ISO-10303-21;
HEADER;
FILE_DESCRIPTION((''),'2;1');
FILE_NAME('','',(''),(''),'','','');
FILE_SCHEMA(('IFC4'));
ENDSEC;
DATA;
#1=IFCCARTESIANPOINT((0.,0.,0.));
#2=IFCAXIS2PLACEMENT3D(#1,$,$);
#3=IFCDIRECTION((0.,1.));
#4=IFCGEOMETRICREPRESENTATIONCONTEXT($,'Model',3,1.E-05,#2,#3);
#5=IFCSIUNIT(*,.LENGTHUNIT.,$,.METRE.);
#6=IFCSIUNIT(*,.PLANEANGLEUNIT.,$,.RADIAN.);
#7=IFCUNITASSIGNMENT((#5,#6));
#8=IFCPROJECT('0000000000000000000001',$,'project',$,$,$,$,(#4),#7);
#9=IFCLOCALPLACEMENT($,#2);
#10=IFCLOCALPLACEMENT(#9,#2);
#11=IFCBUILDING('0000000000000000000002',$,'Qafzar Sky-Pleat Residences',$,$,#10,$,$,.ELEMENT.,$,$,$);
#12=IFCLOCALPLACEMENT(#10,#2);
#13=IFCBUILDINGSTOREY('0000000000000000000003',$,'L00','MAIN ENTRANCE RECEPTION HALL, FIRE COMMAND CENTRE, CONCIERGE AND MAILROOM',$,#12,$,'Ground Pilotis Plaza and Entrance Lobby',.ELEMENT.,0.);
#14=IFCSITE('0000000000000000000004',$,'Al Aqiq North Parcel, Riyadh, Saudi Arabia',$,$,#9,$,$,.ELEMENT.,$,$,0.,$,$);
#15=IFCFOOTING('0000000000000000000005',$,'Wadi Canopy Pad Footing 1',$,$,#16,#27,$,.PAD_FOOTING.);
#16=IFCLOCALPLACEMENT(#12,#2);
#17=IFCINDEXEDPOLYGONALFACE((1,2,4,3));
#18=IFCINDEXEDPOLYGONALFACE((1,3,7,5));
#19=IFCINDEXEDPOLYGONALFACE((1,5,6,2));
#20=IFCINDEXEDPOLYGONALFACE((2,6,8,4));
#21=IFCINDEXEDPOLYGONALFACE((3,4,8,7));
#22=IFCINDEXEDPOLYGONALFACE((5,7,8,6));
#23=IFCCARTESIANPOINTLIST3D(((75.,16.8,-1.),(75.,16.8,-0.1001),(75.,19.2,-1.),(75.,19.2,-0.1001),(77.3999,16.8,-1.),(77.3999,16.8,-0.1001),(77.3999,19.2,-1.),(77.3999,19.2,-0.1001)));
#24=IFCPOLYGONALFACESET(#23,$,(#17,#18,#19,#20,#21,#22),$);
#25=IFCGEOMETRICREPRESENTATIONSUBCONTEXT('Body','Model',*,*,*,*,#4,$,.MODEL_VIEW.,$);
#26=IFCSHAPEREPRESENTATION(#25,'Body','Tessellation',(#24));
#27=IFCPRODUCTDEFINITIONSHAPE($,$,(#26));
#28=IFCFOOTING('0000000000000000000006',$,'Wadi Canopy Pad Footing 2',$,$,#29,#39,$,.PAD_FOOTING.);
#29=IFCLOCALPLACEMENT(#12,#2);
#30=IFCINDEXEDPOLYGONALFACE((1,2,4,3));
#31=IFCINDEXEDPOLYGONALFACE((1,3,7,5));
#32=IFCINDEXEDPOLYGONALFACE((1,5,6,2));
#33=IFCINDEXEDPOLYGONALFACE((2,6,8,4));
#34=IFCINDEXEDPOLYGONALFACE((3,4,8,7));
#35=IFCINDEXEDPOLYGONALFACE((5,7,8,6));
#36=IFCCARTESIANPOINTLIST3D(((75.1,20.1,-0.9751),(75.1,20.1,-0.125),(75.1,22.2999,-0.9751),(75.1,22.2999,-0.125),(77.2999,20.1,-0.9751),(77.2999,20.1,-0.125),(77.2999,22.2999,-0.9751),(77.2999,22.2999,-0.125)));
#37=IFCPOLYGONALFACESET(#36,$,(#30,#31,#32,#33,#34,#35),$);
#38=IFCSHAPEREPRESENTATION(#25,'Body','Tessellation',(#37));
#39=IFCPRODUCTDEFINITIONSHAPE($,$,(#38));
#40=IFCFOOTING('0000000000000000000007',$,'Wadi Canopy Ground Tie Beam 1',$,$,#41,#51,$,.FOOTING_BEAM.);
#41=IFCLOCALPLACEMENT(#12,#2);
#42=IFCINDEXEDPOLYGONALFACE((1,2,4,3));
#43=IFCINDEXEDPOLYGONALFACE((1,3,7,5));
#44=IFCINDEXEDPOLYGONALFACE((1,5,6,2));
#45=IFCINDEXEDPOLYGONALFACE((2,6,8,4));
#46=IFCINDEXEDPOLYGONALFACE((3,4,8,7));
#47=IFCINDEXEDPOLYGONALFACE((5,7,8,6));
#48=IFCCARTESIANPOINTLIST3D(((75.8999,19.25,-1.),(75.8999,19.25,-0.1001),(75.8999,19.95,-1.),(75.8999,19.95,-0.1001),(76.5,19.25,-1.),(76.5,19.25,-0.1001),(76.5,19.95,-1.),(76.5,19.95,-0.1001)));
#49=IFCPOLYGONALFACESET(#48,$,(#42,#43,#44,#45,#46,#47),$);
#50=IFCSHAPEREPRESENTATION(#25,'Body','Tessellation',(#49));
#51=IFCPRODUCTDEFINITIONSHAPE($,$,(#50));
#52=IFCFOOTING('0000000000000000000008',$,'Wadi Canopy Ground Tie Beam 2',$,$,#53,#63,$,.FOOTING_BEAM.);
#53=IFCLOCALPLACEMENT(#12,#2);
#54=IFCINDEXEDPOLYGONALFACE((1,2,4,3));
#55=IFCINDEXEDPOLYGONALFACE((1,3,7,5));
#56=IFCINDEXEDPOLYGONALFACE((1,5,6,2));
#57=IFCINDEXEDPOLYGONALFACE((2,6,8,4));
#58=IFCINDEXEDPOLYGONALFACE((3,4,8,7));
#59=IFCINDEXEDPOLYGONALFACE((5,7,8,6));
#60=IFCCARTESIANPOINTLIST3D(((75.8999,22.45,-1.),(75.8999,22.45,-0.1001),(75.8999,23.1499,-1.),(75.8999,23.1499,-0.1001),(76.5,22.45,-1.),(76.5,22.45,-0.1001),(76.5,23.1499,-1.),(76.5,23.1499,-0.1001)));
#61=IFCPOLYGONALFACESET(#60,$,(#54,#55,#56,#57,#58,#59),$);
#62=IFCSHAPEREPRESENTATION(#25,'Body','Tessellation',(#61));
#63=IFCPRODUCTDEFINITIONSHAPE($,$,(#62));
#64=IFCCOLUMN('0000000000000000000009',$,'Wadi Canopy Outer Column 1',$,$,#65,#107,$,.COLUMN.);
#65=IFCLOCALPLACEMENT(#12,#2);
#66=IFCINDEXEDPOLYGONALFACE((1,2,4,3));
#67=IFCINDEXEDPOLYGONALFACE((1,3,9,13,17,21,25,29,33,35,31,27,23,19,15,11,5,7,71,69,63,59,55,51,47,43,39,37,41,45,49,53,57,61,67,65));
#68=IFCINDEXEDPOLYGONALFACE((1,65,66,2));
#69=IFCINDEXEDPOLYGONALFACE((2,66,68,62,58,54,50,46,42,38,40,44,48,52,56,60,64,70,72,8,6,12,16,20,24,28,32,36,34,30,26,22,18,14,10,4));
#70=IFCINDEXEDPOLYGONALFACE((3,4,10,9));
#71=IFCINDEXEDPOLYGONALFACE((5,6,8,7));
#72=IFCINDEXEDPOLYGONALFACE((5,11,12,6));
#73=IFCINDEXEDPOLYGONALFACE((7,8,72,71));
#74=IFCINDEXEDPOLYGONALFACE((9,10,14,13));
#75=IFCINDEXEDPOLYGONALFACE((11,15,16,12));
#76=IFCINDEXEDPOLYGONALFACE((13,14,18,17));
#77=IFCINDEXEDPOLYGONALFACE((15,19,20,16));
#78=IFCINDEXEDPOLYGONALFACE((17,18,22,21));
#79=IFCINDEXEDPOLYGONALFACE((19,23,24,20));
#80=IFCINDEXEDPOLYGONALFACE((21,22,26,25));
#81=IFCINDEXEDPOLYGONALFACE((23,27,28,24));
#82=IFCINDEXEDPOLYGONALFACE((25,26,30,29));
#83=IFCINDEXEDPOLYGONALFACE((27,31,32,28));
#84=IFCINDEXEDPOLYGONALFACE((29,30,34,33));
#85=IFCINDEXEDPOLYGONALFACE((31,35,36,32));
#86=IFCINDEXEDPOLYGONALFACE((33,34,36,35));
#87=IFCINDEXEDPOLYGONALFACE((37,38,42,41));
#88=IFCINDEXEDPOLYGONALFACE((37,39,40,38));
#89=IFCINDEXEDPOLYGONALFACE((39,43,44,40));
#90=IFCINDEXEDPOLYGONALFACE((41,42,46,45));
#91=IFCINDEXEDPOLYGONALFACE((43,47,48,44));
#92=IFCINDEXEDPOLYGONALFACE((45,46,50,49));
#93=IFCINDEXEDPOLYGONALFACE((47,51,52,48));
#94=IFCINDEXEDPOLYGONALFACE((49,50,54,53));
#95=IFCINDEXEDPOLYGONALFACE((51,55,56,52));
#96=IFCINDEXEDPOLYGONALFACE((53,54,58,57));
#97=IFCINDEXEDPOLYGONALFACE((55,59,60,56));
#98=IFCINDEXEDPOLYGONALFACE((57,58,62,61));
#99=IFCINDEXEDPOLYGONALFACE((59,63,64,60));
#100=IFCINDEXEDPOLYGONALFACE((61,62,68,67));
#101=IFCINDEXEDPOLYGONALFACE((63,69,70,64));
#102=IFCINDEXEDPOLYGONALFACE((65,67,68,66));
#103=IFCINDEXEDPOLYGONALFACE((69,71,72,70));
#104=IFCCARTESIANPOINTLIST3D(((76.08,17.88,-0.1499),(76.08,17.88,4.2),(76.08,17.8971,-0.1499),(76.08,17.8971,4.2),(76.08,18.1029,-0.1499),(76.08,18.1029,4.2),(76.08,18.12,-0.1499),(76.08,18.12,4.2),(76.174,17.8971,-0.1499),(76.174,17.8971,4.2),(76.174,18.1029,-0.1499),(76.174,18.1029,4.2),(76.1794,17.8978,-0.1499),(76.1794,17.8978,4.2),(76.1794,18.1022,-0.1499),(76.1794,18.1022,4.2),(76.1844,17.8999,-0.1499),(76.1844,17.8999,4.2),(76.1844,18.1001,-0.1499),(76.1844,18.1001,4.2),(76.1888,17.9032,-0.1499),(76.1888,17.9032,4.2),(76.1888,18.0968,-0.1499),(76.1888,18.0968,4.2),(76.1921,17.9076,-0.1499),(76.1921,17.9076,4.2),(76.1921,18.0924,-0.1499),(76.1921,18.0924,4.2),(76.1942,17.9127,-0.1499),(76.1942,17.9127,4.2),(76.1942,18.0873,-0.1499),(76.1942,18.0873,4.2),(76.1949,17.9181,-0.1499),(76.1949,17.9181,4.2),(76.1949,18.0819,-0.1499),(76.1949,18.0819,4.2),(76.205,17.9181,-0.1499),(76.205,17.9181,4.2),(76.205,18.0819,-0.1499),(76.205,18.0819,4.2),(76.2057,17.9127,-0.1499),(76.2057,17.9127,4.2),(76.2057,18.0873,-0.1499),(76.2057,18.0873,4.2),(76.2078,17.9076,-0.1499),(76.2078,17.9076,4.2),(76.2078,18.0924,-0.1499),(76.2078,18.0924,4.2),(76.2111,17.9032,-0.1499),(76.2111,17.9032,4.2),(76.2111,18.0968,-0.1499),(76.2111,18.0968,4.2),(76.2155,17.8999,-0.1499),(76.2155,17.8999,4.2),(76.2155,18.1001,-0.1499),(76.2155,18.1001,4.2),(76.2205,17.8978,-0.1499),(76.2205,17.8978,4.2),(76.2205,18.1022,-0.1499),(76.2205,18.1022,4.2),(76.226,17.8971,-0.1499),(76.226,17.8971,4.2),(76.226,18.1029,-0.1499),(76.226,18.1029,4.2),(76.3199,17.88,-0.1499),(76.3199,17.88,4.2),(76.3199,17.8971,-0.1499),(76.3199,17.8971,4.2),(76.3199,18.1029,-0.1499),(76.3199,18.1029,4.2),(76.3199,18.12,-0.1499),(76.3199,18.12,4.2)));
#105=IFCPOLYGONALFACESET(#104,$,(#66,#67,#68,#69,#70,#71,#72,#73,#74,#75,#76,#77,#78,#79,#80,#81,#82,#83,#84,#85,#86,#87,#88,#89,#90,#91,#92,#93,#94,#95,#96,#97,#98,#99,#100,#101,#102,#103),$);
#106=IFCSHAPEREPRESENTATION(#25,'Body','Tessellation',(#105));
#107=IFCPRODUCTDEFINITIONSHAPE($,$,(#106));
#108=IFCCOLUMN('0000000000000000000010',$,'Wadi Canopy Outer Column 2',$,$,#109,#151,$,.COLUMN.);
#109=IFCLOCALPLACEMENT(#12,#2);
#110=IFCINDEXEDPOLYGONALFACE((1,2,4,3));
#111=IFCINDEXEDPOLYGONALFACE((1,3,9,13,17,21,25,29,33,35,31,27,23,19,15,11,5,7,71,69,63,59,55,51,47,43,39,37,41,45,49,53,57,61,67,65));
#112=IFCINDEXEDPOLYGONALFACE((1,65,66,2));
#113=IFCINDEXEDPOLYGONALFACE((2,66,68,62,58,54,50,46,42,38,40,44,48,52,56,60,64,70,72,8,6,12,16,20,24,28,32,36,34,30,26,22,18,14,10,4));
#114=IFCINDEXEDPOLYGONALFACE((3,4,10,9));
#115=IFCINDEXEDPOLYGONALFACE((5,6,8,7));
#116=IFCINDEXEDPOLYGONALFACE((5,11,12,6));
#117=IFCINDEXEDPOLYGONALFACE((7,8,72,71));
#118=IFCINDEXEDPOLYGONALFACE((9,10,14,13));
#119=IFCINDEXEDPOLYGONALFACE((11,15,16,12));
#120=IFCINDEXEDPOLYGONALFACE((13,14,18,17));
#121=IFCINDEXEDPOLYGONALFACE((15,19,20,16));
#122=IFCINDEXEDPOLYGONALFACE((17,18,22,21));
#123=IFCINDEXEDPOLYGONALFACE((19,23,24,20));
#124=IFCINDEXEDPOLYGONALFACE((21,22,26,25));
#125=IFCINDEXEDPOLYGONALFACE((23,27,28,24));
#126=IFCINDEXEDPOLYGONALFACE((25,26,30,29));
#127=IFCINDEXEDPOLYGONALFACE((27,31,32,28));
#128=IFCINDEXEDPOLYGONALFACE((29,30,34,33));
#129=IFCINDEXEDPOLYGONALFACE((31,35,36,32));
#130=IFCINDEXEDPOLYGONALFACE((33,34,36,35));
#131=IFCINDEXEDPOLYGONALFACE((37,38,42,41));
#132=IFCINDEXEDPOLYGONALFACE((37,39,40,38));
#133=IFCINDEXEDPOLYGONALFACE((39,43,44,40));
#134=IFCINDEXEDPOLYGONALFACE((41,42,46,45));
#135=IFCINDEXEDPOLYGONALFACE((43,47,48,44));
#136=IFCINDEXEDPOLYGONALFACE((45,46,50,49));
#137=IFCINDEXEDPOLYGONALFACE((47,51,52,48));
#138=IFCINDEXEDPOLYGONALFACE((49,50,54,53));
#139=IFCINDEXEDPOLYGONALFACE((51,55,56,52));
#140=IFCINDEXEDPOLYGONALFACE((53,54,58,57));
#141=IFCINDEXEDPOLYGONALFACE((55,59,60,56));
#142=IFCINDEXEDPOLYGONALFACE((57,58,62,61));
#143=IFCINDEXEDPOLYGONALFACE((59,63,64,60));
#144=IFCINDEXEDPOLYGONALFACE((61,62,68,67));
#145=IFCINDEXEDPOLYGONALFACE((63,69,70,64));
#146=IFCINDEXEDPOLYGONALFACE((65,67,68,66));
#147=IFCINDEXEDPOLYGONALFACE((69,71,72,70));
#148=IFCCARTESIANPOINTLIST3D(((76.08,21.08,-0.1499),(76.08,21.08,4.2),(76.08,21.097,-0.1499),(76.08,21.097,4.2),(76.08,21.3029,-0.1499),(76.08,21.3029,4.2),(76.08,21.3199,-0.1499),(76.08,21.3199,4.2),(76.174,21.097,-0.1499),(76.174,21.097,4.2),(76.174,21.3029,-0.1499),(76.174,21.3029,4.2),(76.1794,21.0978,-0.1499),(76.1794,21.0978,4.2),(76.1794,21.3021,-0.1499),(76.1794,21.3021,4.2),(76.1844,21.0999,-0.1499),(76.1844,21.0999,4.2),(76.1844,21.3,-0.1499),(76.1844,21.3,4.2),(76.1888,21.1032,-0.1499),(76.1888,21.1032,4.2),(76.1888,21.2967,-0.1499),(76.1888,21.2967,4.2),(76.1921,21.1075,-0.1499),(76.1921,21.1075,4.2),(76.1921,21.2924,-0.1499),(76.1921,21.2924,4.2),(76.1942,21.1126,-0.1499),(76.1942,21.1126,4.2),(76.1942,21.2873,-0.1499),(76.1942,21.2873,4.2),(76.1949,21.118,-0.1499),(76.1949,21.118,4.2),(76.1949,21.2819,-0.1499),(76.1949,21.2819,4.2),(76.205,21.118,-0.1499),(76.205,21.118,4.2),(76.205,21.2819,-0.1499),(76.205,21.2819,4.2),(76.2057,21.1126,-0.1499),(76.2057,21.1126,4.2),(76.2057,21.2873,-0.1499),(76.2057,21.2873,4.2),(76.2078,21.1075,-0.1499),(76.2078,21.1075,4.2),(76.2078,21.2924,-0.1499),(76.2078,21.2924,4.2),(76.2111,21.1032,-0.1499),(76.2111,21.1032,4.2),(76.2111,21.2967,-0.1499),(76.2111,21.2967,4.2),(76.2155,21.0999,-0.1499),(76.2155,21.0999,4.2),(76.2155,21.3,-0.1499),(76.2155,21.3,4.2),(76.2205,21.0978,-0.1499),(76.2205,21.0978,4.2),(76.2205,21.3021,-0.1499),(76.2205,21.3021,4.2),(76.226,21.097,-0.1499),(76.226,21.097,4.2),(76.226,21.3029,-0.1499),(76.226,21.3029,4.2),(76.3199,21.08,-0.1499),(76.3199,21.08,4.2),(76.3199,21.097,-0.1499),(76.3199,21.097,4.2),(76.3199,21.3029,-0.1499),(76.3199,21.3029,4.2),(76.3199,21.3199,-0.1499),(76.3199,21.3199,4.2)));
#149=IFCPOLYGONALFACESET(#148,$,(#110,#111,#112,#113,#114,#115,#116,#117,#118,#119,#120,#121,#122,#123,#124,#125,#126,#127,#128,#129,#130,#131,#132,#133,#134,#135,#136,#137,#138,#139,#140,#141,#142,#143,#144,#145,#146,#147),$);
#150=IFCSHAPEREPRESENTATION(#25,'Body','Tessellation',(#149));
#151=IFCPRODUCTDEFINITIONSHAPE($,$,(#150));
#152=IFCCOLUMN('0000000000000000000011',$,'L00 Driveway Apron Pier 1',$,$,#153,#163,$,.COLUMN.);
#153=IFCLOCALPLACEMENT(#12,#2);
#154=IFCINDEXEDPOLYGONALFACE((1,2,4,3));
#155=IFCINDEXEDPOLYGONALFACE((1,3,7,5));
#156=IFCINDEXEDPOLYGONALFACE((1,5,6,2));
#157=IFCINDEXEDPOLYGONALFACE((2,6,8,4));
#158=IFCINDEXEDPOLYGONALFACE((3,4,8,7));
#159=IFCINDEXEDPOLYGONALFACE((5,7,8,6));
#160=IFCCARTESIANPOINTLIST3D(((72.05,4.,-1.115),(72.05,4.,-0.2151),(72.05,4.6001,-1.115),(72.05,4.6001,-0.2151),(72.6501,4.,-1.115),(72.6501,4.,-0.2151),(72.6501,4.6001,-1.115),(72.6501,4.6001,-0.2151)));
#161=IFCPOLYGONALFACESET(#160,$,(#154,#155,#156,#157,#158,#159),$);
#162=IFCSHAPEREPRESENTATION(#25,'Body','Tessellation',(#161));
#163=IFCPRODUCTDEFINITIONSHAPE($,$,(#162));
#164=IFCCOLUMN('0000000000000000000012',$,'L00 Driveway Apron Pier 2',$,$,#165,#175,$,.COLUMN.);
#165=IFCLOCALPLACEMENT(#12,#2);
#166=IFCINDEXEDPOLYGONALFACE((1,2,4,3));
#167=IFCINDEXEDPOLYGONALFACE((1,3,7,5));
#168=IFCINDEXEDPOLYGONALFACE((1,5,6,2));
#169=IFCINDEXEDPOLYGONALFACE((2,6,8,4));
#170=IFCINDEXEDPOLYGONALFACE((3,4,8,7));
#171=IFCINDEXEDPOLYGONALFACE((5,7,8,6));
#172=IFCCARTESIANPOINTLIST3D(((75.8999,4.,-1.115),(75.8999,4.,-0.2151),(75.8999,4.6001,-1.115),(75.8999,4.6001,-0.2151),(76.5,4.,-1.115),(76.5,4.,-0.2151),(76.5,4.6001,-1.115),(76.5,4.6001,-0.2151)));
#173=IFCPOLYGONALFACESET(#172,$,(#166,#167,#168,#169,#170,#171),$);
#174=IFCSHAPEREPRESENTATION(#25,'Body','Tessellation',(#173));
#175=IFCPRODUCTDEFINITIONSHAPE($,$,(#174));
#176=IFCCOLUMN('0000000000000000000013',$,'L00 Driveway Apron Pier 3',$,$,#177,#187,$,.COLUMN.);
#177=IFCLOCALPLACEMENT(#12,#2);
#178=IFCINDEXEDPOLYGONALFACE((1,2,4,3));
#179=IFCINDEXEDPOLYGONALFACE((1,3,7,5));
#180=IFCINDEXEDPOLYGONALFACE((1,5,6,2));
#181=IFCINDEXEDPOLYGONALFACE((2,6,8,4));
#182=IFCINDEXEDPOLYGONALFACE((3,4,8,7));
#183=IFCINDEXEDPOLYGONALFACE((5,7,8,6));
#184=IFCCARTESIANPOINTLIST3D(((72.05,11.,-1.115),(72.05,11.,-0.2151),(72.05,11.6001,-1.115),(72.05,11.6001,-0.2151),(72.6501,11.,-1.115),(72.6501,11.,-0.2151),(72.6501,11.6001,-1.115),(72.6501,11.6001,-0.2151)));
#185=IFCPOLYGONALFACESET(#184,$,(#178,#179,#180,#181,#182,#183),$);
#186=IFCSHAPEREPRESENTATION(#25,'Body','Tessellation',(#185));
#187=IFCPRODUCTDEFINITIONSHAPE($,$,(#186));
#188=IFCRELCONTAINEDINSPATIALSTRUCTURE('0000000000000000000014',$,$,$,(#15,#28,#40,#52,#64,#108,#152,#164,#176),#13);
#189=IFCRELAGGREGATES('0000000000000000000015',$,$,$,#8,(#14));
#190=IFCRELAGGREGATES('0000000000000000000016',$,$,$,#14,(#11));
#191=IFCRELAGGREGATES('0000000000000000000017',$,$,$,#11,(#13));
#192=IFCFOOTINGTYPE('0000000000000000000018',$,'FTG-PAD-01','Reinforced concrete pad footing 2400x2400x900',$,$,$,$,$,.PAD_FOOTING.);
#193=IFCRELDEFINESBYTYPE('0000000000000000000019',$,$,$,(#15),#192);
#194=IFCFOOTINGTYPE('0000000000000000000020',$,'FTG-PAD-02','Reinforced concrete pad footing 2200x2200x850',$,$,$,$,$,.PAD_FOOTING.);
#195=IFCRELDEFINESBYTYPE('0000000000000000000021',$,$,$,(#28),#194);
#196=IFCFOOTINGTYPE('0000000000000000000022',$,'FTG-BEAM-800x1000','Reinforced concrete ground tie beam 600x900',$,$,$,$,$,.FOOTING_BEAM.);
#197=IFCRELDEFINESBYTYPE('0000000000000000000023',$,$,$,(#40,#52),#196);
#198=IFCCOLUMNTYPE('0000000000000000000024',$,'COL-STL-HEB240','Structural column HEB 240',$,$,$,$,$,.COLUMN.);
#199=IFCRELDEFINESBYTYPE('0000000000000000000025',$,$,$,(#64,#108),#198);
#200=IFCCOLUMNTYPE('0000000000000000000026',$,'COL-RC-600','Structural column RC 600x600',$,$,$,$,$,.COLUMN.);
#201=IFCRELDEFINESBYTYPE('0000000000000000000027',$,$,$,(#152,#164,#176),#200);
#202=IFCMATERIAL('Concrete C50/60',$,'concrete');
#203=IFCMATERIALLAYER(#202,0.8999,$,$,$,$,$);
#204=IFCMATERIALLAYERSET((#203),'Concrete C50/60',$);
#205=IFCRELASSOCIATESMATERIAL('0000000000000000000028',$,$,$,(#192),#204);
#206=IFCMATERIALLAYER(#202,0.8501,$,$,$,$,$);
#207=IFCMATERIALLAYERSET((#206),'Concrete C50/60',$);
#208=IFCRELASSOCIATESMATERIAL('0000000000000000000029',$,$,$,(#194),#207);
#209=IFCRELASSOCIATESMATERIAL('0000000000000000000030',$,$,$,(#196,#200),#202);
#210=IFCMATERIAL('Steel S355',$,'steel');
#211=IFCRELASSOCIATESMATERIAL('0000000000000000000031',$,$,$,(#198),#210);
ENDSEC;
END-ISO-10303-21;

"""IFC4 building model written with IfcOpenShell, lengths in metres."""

from ifc_helpers import new_model, si_unit, direction, frame, origin, origin_2d, place, context, subcontext, project, spatial, rectangle, i_section, extrude, source, transform, mapped, material, layer, layer_set, material_profile, profile_set, type_object, element, save


model = new_model("IFC4")

# Units and contexts
model_context = context("Model", 3, precision=1e-05, world=origin(), true_north=direction((0.0, 1.0)))
body_context = subcontext(model_context, "Body", "Model", "MODEL_VIEW")
ifc_project = project(units=[si_unit("LENGTHUNIT", "METRE"), si_unit("PLANEANGLEUNIT", "RADIAN")], contexts=[model_context])

# Site, building, storey
site_placement = place(None, origin())
site = spatial("IfcSite", under=ifc_project, at=site_placement, Name="Al Aqiq North Parcel, Riyadh, Saudi Arabia", CompositionType="ELEMENT", RefElevation=0.0)
building_placement = place(site_placement, origin())
building = spatial("IfcBuilding", under=site, at=building_placement, Name="Qafzar Sky-Pleat Residences", CompositionType="ELEMENT")
storey_placement = place(building_placement, origin())
storey = spatial("IfcBuildingStorey", under=building, at=storey_placement, Name="L00", Description="MAIN ENTRANCE RECEPTION HALL, FIRE COMMAND CENTRE, CONCIERGE AND MAILROOM", LongName="Ground Pilotis Plaza and Entrance Lobby", CompositionType="ELEMENT", Elevation=0.0)

# Footings
ifc_material_1 = material(Name="Concrete C50/60", Category="concrete")
ifc_layer_1 = layer(ifc_material_1, 0.8999)
ifc_layer_set_1 = layer_set([ifc_layer_1], Name="Concrete C50/60")
footing_type_1 = type_object("IfcFootingType", Name="FTG-PAD-01", Description="Reinforced concrete pad footing 2400x2400x900", PredefinedType="PAD_FOOTING", material=ifc_layer_set_1)
shared_shape_1 = source(origin(), body_context, "Body", "SweptSolid", [
    extrude(rectangle(XDim=2.3999, YDim=2.3999, at=origin_2d()), origin(), (0.0, 0.0, 1.0), 0.8999),
])
footing_1_placement = place(storey_placement, frame((76.2, 18.0, -1.0), z_axis=(0.0, 0.0, 1.0), x_axis=(1.0, 0.0, 0.0)))
element("IfcFooting", 1, at=footing_1_placement, inside=storey, type_object=footing_type_1, Name="Wadi Canopy Pad Footing 1", PredefinedType="PAD_FOOTING", context=body_context, shape_type="MappedRepresentation", body=[
    mapped(shared_shape_1, transform((0.0, 0.0, 0.0), x_axis=(1.0, 0.0, 0.0), y_axis=(0.0, 1.0, 0.0), z_axis=(0.0, 0.0, 1.0), scale=1.0)),
])
ifc_layer_2 = layer(ifc_material_1, 0.8501)
ifc_layer_set_2 = layer_set([ifc_layer_2], Name="Concrete C50/60")
footing_type_2 = type_object("IfcFootingType", Name="FTG-PAD-02", Description="Reinforced concrete pad footing 2200x2200x850", PredefinedType="PAD_FOOTING", material=ifc_layer_set_2)
shared_shape_2 = source(origin(), body_context, "Body", "SweptSolid", [
    extrude(rectangle(XDim=2.2, YDim=2.2, at=origin_2d()), origin(), (0.0, 0.0, 1.0), 0.8501),
])
footing_2_placement = place(storey_placement, frame((76.2, 21.2, -0.9751), z_axis=(0.0, 0.0, 1.0), x_axis=(1.0, 0.0, 0.0)))
element("IfcFooting", 2, at=footing_2_placement, inside=storey, type_object=footing_type_2, Name="Wadi Canopy Pad Footing 2", PredefinedType="PAD_FOOTING", context=body_context, shape_type="MappedRepresentation", body=[
    mapped(shared_shape_2, transform((0.0, 0.0, 0.0), x_axis=(1.0, 0.0, 0.0), y_axis=(0.0, 1.0, 0.0), z_axis=(0.0, 0.0, 1.0), scale=1.0)),
])
ifc_material_profile_1 = material_profile(ifc_material_1, rectangle(XDim=0.6001, YDim=0.8999, at=origin_2d()), Name="RC 600x900")
ifc_profile_set_1 = profile_set([ifc_material_profile_1], Name="Concrete C50/60")
footing_type_3 = type_object("IfcFootingType", Name="FTG-BEAM-800x1000", Description="Reinforced concrete ground tie beam 600x900", PredefinedType="FOOTING_BEAM", material=ifc_profile_set_1)
shared_shape_3 = source(origin(), body_context, "Body", "SweptSolid", [
    extrude(rectangle(XDim=0.6001, YDim=0.8999, at=origin_2d()), origin(), (0.0, 0.0, 1.0), 0.7),
])
for number, where, z_axis, x_axis, name in (
    (3, (76.2, 19.25, -0.55), (0.0, 1.0, 0.0), (-1.0, 0.0, 0.0), "Wadi Canopy Ground Tie Beam 1"),
    (4, (76.2, 22.45, -0.55), (0.0, 1.0, 0.0), (-1.0, 0.0, 0.0), "Wadi Canopy Ground Tie Beam 2"),
):
    element("IfcFooting", number, at=place(storey_placement, frame(where, z_axis=z_axis, x_axis=x_axis)), inside=storey, type_object=footing_type_3, Name=name, PredefinedType="FOOTING_BEAM", context=body_context, shape_type="MappedRepresentation", body=[
        mapped(shared_shape_3, transform((0.0, 0.0, 0.0), x_axis=(1.0, 0.0, 0.0), y_axis=(0.0, 1.0, 0.0), z_axis=(0.0, 0.0, 1.0), scale=1.0)),
    ])

# Columns
ifc_material_2 = material(Name="Steel S355", Category="steel")
ifc_material_profile_2 = material_profile(ifc_material_2, i_section(OverallWidth=0.24, OverallDepth=0.24, WebThickness=0.01, FlangeThickness=0.0171, FilletRadius=0.021, at=origin_2d()), Name="HEB 240")
ifc_profile_set_2 = profile_set([ifc_material_profile_2], Name="Steel S355")
column_type_1 = type_object("IfcColumnType", Name="COL-STL-HEB240", Description="Structural column HEB 240", PredefinedType="COLUMN", material=ifc_profile_set_2)
shared_shape_4 = source(origin(), body_context, "Body", "SweptSolid", [
    extrude(i_section(OverallWidth=0.24, OverallDepth=0.24, WebThickness=0.01, FlangeThickness=0.0171, FilletRadius=0.021, at=origin_2d()), origin(), (0.0, 0.0, 1.0), 4.3499),
])
for number, where, z_axis, x_axis, name in (
    (5, (76.2, 18.0, -0.1499), (0.0, 0.0, 1.0), (1.0, 0.0, 0.0), "Wadi Canopy Outer Column 1"),
    (6, (76.2, 21.2, -0.1499), (0.0, 0.0, 1.0), (1.0, 0.0, 0.0), "Wadi Canopy Outer Column 2"),
):
    element("IfcColumn", number, at=place(storey_placement, frame(where, z_axis=z_axis, x_axis=x_axis)), inside=storey, type_object=column_type_1, Name=name, PredefinedType="COLUMN", context=body_context, shape_type="MappedRepresentation", body=[
        mapped(shared_shape_4, transform((0.0, 0.0, 0.0), x_axis=(1.0, 0.0, 0.0), y_axis=(0.0, 1.0, 0.0), z_axis=(0.0, 0.0, 1.0), scale=1.0)),
    ])
ifc_material_profile_3 = material_profile(ifc_material_1, rectangle(XDim=0.6001, YDim=0.6001, at=origin_2d()), Name="RC 600x600")
ifc_profile_set_3 = profile_set([ifc_material_profile_3], Name="Concrete C50/60")
column_type_2 = type_object("IfcColumnType", Name="COL-RC-600", Description="Structural column RC 600x600", PredefinedType="COLUMN", material=ifc_profile_set_3)
shared_shape_5 = source(origin(), body_context, "Body", "SweptSolid", [
    extrude(rectangle(XDim=0.6001, YDim=0.6001, at=origin_2d()), origin(), (0.0, 0.0, 1.0), 0.8999),
])
for number, where, z_axis, x_axis, name in (
    (7, (72.3501, 4.3, -1.115), (0.0, 0.0, 1.0), (1.0, 0.0, 0.0), "L00 Driveway Apron Pier 1"),
    (8, (76.2, 4.3, -1.115), (0.0, 0.0, 1.0), (1.0, 0.0, 0.0), "L00 Driveway Apron Pier 2"),
    (9, (72.3501, 11.3, -1.115), (0.0, 0.0, 1.0), (1.0, 0.0, 0.0), "L00 Driveway Apron Pier 3"),
):
    element("IfcColumn", number, at=place(storey_placement, frame(where, z_axis=z_axis, x_axis=x_axis)), inside=storey, type_object=column_type_2, Name=name, PredefinedType="COLUMN", context=body_context, shape_type="MappedRepresentation", body=[
        mapped(shared_shape_5, transform((0.0, 0.0, 0.0), x_axis=(1.0, 0.0, 0.0), y_axis=(0.0, 1.0, 0.0), z_axis=(0.0, 0.0, 1.0), scale=1.0)),
    ])

save(model, "model.ifc")
